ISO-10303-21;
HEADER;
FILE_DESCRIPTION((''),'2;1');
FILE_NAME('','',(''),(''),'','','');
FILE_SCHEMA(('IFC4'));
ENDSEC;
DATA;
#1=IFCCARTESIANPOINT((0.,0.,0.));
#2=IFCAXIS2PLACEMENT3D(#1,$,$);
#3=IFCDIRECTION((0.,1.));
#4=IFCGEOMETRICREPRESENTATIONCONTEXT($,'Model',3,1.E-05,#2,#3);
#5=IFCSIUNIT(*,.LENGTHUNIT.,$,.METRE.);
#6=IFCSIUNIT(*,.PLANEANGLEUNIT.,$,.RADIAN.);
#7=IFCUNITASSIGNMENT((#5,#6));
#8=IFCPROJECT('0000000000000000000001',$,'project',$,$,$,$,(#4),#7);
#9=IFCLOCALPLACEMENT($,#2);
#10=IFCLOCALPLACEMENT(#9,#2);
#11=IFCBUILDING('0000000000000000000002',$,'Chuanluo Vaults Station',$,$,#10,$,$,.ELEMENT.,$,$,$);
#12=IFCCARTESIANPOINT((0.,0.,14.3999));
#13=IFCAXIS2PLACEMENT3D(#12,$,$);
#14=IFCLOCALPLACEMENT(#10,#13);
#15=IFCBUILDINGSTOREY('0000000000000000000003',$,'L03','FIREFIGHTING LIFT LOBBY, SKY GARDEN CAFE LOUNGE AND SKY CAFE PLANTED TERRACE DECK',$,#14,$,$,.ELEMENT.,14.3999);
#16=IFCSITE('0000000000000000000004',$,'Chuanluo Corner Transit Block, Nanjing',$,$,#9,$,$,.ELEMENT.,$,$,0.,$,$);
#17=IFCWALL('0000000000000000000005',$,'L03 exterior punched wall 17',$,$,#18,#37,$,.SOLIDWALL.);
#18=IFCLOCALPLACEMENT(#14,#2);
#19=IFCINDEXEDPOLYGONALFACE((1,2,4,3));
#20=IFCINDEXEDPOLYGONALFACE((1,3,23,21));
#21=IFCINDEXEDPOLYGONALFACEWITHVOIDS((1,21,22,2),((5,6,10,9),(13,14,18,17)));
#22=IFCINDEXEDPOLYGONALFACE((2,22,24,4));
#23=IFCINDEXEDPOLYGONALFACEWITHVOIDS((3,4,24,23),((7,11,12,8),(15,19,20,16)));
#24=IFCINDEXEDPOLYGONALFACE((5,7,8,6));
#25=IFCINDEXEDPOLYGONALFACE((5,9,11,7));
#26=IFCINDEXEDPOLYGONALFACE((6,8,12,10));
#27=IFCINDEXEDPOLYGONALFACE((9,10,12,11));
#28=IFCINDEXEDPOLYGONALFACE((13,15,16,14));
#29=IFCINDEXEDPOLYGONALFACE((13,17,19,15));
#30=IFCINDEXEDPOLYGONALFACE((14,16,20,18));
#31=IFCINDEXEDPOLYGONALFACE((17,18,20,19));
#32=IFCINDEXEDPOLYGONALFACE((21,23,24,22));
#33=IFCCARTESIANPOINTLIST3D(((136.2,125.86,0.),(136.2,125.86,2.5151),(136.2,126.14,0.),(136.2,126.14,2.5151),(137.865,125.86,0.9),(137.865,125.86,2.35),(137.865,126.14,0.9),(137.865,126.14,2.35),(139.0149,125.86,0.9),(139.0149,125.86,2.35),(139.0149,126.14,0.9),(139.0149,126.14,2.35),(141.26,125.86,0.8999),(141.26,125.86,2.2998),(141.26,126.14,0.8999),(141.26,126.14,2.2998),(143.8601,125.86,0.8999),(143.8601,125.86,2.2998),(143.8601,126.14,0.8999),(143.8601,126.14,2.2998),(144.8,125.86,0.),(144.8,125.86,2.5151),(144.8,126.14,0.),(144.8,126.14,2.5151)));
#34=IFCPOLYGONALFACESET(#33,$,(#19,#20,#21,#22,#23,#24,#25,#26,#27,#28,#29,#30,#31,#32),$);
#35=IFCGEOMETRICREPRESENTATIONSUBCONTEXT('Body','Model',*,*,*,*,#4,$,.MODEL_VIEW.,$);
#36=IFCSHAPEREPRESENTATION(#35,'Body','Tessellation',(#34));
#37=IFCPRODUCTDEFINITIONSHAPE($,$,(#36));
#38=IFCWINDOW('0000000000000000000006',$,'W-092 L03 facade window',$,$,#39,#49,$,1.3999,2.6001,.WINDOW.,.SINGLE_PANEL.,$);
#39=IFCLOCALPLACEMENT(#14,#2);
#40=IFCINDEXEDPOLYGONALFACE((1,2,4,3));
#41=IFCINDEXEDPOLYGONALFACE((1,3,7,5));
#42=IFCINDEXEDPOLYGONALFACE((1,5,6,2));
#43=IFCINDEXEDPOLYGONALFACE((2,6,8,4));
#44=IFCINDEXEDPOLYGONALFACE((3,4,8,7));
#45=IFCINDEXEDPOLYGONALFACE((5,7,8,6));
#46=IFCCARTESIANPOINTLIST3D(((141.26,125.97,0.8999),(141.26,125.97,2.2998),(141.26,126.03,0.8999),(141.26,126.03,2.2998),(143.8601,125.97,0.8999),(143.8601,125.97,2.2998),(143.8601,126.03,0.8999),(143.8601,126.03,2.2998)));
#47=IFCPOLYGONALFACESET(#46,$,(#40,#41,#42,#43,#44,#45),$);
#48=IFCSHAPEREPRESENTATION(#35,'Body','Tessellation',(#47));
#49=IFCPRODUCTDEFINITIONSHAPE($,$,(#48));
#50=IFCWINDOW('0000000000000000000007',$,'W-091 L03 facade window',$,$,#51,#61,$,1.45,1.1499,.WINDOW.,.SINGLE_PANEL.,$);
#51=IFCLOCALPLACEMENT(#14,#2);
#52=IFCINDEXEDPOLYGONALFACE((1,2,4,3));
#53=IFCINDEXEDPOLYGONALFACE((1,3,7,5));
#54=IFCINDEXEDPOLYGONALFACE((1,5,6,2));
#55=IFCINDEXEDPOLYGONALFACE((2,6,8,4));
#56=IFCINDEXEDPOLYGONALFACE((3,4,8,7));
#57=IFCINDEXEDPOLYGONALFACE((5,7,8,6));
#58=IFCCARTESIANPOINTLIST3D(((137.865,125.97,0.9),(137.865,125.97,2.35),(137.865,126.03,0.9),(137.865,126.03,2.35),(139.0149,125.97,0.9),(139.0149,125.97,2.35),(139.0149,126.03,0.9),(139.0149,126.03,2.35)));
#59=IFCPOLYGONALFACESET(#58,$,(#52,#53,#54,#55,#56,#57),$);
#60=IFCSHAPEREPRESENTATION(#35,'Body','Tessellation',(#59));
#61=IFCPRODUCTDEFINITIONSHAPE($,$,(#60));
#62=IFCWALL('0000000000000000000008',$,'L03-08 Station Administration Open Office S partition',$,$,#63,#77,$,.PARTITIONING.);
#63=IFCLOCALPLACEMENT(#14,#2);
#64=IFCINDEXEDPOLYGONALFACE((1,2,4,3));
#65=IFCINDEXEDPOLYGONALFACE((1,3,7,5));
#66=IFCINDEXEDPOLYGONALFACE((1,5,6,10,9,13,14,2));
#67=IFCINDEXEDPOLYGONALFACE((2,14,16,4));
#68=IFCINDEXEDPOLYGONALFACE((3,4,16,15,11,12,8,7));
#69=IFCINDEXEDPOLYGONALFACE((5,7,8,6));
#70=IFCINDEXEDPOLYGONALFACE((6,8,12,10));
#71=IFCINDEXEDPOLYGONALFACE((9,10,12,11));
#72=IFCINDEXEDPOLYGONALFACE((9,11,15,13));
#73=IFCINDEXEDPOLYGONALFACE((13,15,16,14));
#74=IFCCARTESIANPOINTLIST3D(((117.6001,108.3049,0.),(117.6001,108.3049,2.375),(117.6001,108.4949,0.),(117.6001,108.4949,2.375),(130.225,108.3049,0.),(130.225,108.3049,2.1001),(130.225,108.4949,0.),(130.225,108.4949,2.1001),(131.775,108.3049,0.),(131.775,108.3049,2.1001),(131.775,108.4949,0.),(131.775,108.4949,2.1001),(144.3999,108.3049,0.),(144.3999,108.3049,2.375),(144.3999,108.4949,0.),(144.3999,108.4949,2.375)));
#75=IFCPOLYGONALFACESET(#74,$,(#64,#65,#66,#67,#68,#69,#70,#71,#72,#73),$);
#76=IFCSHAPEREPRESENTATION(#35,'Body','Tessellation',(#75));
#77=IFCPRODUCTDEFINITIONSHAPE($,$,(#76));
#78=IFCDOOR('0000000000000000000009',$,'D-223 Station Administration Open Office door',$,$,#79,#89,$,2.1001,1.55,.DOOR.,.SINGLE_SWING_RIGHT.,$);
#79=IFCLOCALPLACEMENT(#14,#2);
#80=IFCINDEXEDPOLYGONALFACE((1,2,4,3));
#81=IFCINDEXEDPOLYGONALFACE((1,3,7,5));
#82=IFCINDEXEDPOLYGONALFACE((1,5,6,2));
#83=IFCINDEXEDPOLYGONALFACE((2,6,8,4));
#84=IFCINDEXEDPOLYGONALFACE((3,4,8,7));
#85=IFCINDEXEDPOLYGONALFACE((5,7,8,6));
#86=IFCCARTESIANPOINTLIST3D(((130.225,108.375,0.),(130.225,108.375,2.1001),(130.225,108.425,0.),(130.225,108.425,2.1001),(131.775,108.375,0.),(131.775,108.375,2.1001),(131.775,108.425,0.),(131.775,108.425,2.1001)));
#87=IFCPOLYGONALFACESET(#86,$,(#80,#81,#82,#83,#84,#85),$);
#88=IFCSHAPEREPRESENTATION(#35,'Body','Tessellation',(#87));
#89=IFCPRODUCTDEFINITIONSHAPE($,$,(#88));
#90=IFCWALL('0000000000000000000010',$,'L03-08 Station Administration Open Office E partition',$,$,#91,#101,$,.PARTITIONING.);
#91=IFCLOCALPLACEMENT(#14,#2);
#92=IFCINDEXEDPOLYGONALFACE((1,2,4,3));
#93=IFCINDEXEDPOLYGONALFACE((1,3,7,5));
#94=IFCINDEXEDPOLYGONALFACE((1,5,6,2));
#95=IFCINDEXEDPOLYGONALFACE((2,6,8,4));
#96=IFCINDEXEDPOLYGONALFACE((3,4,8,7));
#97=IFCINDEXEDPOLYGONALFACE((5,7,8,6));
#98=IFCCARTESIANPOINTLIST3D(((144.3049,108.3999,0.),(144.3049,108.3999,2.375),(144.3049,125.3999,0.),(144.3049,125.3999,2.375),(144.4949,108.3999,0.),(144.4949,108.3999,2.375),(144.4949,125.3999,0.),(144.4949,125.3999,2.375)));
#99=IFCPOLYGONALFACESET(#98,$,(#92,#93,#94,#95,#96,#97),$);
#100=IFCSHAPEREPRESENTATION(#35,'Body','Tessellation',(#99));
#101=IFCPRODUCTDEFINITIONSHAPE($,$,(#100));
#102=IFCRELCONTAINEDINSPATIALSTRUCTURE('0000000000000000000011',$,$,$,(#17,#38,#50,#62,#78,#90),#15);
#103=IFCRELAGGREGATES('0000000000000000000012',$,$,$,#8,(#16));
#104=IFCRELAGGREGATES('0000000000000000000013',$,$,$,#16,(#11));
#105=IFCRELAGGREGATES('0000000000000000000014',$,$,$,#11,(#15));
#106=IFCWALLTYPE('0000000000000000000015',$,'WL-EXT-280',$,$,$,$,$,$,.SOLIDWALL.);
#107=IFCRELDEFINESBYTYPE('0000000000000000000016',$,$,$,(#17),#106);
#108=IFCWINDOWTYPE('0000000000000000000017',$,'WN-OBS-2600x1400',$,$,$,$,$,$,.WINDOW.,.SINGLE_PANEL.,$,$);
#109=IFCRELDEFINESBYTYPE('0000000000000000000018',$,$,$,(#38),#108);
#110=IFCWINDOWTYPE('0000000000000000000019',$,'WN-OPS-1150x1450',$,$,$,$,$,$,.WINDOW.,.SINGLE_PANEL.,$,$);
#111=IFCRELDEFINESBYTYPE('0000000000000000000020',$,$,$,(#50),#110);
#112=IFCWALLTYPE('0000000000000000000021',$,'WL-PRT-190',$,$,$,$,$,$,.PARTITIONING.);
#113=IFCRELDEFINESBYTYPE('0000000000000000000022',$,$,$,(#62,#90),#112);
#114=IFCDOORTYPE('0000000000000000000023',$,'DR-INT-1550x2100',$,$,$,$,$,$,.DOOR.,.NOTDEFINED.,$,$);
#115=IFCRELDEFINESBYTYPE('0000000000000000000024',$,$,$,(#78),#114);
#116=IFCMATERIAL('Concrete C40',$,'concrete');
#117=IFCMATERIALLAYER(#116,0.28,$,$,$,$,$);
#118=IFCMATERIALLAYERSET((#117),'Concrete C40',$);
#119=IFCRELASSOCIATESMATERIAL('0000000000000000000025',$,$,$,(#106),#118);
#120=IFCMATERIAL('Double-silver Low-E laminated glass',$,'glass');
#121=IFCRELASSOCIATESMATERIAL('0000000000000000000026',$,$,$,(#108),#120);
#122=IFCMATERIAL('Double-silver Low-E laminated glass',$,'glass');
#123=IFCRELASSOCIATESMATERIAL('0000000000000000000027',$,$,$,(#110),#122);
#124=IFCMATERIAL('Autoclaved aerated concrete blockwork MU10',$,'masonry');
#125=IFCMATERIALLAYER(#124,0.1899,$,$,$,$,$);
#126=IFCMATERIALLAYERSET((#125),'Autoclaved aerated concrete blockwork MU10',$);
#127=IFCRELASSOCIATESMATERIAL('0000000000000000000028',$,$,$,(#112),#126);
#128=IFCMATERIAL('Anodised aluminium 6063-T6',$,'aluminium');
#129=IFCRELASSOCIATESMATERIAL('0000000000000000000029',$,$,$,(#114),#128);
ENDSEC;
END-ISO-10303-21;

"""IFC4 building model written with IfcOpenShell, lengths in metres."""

from ifc_helpers import new_model, si_unit, direction, frame, frame_2d, origin, place, context, subcontext, project, spatial, rectangle, extrude, material, layer, layer_set, type_object, element, fill, save


model = new_model("IFC4")

# Units and contexts
model_context = context("Model", 3, precision=1e-05, world=origin(), true_north=direction((0.0, 1.0)))
body_context = subcontext(model_context, "Body", "Model", "MODEL_VIEW")
ifc_project = project(units=[si_unit("LENGTHUNIT", "METRE"), si_unit("PLANEANGLEUNIT", "RADIAN")], contexts=[model_context])

# Site, building, storey
site_placement = place(None, origin())
site = spatial("IfcSite", under=ifc_project, at=site_placement, Name="Chuanluo Corner Transit Block, Nanjing", CompositionType="ELEMENT", RefElevation=0.0)
building_placement = place(site_placement, origin())
building = spatial("IfcBuilding", under=site, at=building_placement, Name="Chuanluo Vaults Station", CompositionType="ELEMENT")
storey_placement = place(building_placement, frame((0.0, 0.0, 14.3999)))
storey = spatial("IfcBuildingStorey", under=building, at=storey_placement, Name="L03", Description="FIREFIGHTING LIFT LOBBY, SKY GARDEN CAFE LOUNGE AND SKY CAFE PLANTED TERRACE DECK", CompositionType="ELEMENT", Elevation=14.3999)

# Wall, openings, windows
ifc_material_1 = material(Name="Concrete C40", Category="concrete")
ifc_layer_1 = layer(ifc_material_1, 0.28)
ifc_layer_set_1 = layer_set([ifc_layer_1], Name="Concrete C40")
wall_type_1 = type_object("IfcWallType", Name="WL-EXT-280", PredefinedType="SOLIDWALL", material=ifc_layer_set_1)
wall_1_placement = place(storey_placement, frame((136.2, 126.0, 0.0), z_axis=(0.0, 0.0, 1.0), x_axis=(1.0, 0.0, 0.0)))
wall_1 = element("IfcWall", 1, at=wall_1_placement, inside=storey, type_object=wall_type_1, Name="L03 exterior punched wall 17", PredefinedType="SOLIDWALL", context=body_context, shape_type="SweptSolid", body=[
    extrude(rectangle(XDim=8.6001, YDim=0.28, at=frame_2d((4.3, 0.0))), origin(), (0.0, 0.0, 1.0), 2.5151),
])
opening_1_placement = place(wall_1_placement, frame((1.665, 0.0, 0.8999)))
opening_1 = element("IfcOpeningElement", 2, at=opening_1_placement, cuts=wall_1, PredefinedType="OPENING", context=body_context, shape_type="SweptSolid", body=[
    extrude(rectangle(XDim=1.1499, YDim=1.45, at=frame_2d((0.575, 0.7251))), frame((0.0, 0.1501, 0.0), z_axis=(0.0, -1.0, 0.0), x_axis=(1.0, 0.0, 0.0)), (0.0, 0.0, 1.0), 0.3),
])
opening_2_placement = place(wall_1_placement, frame((5.0601, 0.0, 0.8999)))
opening_2 = element("IfcOpeningElement", 3, at=opening_2_placement, cuts=wall_1, PredefinedType="OPENING", context=body_context, shape_type="SweptSolid", body=[
    extrude(rectangle(XDim=2.6001, YDim=1.3999, at=frame_2d((1.3, 0.7))), frame((0.0, 0.1501, 0.0), z_axis=(0.0, -1.0, 0.0), x_axis=(1.0, 0.0, 0.0)), (0.0, 0.0, 1.0), 0.3),
])
ifc_material_2 = material(Name="Double-silver Low-E laminated glass", Category="glass")
window_type_1 = type_object("IfcWindowType", Name="WN-OBS-2600x1400", PartitioningType="SINGLE_PANEL", PredefinedType="WINDOW", material=ifc_material_2)
window_1_placement = place(opening_2_placement, origin())
window_1 = element("IfcWindow", 4, at=window_1_placement, inside=storey, type_object=window_type_1, Name="W-092 L03 facade window", OverallHeight=1.3999, OverallWidth=2.6001, PartitioningType="SINGLE_PANEL", PredefinedType="WINDOW", context=body_context, shape_type="SweptSolid", body=[
    extrude(rectangle(XDim=2.6001, YDim=1.3999, at=frame_2d((1.3, 0.7))), frame((0.0, 0.03, 0.0), z_axis=(0.0, -1.0, 0.0), x_axis=(1.0, 0.0, 0.0)), (0.0, 0.0, 1.0), 0.0601),
])
fill(opening_2, window_1)
ifc_material_3 = material(Name="Double-silver Low-E laminated glass", Category="glass")
window_type_2 = type_object("IfcWindowType", Name="WN-OPS-1150x1450", PartitioningType="SINGLE_PANEL", PredefinedType="WINDOW", material=ifc_material_3)
window_2_placement = place(opening_1_placement, origin())
window_2 = element("IfcWindow", 5, at=window_2_placement, inside=storey, type_object=window_type_2, Name="W-091 L03 facade window", OverallHeight=1.45, OverallWidth=1.1499, PartitioningType="SINGLE_PANEL", PredefinedType="WINDOW", context=body_context, shape_type="SweptSolid", body=[
    extrude(rectangle(XDim=1.1499, YDim=1.45, at=frame_2d((0.575, 0.7251))), frame((0.0, 0.03, 0.0), z_axis=(0.0, -1.0, 0.0), x_axis=(1.0, 0.0, 0.0)), (0.0, 0.0, 1.0), 0.0601),
])
fill(opening_1, window_2)

# Wall, opening, door
ifc_material_4 = material(Name="Autoclaved aerated concrete blockwork MU10", Category="masonry")
ifc_layer_2 = layer(ifc_material_4, 0.1899)
ifc_layer_set_2 = layer_set([ifc_layer_2], Name="Autoclaved aerated concrete blockwork MU10")
wall_type_2 = type_object("IfcWallType", Name="WL-PRT-190", PredefinedType="PARTITIONING", material=ifc_layer_set_2)
wall_2_placement = place(storey_placement, frame((144.3999, 108.3999, 0.0), z_axis=(0.0, 0.0, 1.0), x_axis=(-1.0, 0.0, 0.0)))
wall_2 = element("IfcWall", 6, at=wall_2_placement, inside=storey, type_object=wall_type_2, Name="L03-08 Station Administration Open Office S partition", PredefinedType="PARTITIONING", context=body_context, shape_type="SweptSolid", body=[
    extrude(rectangle(XDim=26.7998, YDim=0.1899, at=frame_2d((13.3999, 0.0))), origin(), (0.0, 0.0, 1.0), 2.375),
])
opening_3_placement = place(wall_2_placement, frame((12.625, 0.0, 0.0)))
opening_3 = element("IfcOpeningElement", 7, at=opening_3_placement, cuts=wall_2, PredefinedType="OPENING", context=body_context, shape_type="SweptSolid", body=[
    extrude(rectangle(XDim=1.55, YDim=2.1001, at=frame_2d((0.7749, 1.05))), frame((0.0, 0.105, 0.0), z_axis=(0.0, -1.0, 0.0), x_axis=(1.0, 0.0, 0.0)), (0.0, 0.0, 1.0), 0.2099),
])
ifc_material_5 = material(Name="Anodised aluminium 6063-T6", Category="aluminium")
door_type = type_object("IfcDoorType", Name="DR-INT-1550x2100", OperationType="NOTDEFINED", PredefinedType="DOOR", material=ifc_material_5)
door_placement = place(opening_3_placement, origin())
door = element("IfcDoor", 8, at=door_placement, inside=storey, type_object=door_type, Name="D-223 Station Administration Open Office door", OperationType="SINGLE_SWING_RIGHT", OverallHeight=2.1001, OverallWidth=1.55, PredefinedType="DOOR", context=body_context, shape_type="SweptSolid", body=[
    extrude(rectangle(XDim=1.55, YDim=2.1001, at=frame_2d((0.7749, 1.05))), frame((0.0, 0.0249, 0.0), z_axis=(0.0, -1.0, 0.0), x_axis=(1.0, 0.0, 0.0)), (0.0, 0.0, 1.0), 0.05),
])
fill(opening_3, door)

# Wall
wall_3_placement = place(storey_placement, frame((144.3999, 125.3999, 0.0), z_axis=(0.0, 0.0, 1.0), x_axis=(0.0, -1.0, 0.0)))
element("IfcWall", 9, at=wall_3_placement, inside=storey, type_object=wall_type_2, Name="L03-08 Station Administration Open Office E partition", PredefinedType="PARTITIONING", context=body_context, shape_type="SweptSolid", body=[
    extrude(rectangle(XDim=17.0, YDim=0.1899, at=frame_2d((8.5, 0.0))), origin(), (0.0, 0.0, 1.0), 2.375),
])

save(model, "model.ifc")
